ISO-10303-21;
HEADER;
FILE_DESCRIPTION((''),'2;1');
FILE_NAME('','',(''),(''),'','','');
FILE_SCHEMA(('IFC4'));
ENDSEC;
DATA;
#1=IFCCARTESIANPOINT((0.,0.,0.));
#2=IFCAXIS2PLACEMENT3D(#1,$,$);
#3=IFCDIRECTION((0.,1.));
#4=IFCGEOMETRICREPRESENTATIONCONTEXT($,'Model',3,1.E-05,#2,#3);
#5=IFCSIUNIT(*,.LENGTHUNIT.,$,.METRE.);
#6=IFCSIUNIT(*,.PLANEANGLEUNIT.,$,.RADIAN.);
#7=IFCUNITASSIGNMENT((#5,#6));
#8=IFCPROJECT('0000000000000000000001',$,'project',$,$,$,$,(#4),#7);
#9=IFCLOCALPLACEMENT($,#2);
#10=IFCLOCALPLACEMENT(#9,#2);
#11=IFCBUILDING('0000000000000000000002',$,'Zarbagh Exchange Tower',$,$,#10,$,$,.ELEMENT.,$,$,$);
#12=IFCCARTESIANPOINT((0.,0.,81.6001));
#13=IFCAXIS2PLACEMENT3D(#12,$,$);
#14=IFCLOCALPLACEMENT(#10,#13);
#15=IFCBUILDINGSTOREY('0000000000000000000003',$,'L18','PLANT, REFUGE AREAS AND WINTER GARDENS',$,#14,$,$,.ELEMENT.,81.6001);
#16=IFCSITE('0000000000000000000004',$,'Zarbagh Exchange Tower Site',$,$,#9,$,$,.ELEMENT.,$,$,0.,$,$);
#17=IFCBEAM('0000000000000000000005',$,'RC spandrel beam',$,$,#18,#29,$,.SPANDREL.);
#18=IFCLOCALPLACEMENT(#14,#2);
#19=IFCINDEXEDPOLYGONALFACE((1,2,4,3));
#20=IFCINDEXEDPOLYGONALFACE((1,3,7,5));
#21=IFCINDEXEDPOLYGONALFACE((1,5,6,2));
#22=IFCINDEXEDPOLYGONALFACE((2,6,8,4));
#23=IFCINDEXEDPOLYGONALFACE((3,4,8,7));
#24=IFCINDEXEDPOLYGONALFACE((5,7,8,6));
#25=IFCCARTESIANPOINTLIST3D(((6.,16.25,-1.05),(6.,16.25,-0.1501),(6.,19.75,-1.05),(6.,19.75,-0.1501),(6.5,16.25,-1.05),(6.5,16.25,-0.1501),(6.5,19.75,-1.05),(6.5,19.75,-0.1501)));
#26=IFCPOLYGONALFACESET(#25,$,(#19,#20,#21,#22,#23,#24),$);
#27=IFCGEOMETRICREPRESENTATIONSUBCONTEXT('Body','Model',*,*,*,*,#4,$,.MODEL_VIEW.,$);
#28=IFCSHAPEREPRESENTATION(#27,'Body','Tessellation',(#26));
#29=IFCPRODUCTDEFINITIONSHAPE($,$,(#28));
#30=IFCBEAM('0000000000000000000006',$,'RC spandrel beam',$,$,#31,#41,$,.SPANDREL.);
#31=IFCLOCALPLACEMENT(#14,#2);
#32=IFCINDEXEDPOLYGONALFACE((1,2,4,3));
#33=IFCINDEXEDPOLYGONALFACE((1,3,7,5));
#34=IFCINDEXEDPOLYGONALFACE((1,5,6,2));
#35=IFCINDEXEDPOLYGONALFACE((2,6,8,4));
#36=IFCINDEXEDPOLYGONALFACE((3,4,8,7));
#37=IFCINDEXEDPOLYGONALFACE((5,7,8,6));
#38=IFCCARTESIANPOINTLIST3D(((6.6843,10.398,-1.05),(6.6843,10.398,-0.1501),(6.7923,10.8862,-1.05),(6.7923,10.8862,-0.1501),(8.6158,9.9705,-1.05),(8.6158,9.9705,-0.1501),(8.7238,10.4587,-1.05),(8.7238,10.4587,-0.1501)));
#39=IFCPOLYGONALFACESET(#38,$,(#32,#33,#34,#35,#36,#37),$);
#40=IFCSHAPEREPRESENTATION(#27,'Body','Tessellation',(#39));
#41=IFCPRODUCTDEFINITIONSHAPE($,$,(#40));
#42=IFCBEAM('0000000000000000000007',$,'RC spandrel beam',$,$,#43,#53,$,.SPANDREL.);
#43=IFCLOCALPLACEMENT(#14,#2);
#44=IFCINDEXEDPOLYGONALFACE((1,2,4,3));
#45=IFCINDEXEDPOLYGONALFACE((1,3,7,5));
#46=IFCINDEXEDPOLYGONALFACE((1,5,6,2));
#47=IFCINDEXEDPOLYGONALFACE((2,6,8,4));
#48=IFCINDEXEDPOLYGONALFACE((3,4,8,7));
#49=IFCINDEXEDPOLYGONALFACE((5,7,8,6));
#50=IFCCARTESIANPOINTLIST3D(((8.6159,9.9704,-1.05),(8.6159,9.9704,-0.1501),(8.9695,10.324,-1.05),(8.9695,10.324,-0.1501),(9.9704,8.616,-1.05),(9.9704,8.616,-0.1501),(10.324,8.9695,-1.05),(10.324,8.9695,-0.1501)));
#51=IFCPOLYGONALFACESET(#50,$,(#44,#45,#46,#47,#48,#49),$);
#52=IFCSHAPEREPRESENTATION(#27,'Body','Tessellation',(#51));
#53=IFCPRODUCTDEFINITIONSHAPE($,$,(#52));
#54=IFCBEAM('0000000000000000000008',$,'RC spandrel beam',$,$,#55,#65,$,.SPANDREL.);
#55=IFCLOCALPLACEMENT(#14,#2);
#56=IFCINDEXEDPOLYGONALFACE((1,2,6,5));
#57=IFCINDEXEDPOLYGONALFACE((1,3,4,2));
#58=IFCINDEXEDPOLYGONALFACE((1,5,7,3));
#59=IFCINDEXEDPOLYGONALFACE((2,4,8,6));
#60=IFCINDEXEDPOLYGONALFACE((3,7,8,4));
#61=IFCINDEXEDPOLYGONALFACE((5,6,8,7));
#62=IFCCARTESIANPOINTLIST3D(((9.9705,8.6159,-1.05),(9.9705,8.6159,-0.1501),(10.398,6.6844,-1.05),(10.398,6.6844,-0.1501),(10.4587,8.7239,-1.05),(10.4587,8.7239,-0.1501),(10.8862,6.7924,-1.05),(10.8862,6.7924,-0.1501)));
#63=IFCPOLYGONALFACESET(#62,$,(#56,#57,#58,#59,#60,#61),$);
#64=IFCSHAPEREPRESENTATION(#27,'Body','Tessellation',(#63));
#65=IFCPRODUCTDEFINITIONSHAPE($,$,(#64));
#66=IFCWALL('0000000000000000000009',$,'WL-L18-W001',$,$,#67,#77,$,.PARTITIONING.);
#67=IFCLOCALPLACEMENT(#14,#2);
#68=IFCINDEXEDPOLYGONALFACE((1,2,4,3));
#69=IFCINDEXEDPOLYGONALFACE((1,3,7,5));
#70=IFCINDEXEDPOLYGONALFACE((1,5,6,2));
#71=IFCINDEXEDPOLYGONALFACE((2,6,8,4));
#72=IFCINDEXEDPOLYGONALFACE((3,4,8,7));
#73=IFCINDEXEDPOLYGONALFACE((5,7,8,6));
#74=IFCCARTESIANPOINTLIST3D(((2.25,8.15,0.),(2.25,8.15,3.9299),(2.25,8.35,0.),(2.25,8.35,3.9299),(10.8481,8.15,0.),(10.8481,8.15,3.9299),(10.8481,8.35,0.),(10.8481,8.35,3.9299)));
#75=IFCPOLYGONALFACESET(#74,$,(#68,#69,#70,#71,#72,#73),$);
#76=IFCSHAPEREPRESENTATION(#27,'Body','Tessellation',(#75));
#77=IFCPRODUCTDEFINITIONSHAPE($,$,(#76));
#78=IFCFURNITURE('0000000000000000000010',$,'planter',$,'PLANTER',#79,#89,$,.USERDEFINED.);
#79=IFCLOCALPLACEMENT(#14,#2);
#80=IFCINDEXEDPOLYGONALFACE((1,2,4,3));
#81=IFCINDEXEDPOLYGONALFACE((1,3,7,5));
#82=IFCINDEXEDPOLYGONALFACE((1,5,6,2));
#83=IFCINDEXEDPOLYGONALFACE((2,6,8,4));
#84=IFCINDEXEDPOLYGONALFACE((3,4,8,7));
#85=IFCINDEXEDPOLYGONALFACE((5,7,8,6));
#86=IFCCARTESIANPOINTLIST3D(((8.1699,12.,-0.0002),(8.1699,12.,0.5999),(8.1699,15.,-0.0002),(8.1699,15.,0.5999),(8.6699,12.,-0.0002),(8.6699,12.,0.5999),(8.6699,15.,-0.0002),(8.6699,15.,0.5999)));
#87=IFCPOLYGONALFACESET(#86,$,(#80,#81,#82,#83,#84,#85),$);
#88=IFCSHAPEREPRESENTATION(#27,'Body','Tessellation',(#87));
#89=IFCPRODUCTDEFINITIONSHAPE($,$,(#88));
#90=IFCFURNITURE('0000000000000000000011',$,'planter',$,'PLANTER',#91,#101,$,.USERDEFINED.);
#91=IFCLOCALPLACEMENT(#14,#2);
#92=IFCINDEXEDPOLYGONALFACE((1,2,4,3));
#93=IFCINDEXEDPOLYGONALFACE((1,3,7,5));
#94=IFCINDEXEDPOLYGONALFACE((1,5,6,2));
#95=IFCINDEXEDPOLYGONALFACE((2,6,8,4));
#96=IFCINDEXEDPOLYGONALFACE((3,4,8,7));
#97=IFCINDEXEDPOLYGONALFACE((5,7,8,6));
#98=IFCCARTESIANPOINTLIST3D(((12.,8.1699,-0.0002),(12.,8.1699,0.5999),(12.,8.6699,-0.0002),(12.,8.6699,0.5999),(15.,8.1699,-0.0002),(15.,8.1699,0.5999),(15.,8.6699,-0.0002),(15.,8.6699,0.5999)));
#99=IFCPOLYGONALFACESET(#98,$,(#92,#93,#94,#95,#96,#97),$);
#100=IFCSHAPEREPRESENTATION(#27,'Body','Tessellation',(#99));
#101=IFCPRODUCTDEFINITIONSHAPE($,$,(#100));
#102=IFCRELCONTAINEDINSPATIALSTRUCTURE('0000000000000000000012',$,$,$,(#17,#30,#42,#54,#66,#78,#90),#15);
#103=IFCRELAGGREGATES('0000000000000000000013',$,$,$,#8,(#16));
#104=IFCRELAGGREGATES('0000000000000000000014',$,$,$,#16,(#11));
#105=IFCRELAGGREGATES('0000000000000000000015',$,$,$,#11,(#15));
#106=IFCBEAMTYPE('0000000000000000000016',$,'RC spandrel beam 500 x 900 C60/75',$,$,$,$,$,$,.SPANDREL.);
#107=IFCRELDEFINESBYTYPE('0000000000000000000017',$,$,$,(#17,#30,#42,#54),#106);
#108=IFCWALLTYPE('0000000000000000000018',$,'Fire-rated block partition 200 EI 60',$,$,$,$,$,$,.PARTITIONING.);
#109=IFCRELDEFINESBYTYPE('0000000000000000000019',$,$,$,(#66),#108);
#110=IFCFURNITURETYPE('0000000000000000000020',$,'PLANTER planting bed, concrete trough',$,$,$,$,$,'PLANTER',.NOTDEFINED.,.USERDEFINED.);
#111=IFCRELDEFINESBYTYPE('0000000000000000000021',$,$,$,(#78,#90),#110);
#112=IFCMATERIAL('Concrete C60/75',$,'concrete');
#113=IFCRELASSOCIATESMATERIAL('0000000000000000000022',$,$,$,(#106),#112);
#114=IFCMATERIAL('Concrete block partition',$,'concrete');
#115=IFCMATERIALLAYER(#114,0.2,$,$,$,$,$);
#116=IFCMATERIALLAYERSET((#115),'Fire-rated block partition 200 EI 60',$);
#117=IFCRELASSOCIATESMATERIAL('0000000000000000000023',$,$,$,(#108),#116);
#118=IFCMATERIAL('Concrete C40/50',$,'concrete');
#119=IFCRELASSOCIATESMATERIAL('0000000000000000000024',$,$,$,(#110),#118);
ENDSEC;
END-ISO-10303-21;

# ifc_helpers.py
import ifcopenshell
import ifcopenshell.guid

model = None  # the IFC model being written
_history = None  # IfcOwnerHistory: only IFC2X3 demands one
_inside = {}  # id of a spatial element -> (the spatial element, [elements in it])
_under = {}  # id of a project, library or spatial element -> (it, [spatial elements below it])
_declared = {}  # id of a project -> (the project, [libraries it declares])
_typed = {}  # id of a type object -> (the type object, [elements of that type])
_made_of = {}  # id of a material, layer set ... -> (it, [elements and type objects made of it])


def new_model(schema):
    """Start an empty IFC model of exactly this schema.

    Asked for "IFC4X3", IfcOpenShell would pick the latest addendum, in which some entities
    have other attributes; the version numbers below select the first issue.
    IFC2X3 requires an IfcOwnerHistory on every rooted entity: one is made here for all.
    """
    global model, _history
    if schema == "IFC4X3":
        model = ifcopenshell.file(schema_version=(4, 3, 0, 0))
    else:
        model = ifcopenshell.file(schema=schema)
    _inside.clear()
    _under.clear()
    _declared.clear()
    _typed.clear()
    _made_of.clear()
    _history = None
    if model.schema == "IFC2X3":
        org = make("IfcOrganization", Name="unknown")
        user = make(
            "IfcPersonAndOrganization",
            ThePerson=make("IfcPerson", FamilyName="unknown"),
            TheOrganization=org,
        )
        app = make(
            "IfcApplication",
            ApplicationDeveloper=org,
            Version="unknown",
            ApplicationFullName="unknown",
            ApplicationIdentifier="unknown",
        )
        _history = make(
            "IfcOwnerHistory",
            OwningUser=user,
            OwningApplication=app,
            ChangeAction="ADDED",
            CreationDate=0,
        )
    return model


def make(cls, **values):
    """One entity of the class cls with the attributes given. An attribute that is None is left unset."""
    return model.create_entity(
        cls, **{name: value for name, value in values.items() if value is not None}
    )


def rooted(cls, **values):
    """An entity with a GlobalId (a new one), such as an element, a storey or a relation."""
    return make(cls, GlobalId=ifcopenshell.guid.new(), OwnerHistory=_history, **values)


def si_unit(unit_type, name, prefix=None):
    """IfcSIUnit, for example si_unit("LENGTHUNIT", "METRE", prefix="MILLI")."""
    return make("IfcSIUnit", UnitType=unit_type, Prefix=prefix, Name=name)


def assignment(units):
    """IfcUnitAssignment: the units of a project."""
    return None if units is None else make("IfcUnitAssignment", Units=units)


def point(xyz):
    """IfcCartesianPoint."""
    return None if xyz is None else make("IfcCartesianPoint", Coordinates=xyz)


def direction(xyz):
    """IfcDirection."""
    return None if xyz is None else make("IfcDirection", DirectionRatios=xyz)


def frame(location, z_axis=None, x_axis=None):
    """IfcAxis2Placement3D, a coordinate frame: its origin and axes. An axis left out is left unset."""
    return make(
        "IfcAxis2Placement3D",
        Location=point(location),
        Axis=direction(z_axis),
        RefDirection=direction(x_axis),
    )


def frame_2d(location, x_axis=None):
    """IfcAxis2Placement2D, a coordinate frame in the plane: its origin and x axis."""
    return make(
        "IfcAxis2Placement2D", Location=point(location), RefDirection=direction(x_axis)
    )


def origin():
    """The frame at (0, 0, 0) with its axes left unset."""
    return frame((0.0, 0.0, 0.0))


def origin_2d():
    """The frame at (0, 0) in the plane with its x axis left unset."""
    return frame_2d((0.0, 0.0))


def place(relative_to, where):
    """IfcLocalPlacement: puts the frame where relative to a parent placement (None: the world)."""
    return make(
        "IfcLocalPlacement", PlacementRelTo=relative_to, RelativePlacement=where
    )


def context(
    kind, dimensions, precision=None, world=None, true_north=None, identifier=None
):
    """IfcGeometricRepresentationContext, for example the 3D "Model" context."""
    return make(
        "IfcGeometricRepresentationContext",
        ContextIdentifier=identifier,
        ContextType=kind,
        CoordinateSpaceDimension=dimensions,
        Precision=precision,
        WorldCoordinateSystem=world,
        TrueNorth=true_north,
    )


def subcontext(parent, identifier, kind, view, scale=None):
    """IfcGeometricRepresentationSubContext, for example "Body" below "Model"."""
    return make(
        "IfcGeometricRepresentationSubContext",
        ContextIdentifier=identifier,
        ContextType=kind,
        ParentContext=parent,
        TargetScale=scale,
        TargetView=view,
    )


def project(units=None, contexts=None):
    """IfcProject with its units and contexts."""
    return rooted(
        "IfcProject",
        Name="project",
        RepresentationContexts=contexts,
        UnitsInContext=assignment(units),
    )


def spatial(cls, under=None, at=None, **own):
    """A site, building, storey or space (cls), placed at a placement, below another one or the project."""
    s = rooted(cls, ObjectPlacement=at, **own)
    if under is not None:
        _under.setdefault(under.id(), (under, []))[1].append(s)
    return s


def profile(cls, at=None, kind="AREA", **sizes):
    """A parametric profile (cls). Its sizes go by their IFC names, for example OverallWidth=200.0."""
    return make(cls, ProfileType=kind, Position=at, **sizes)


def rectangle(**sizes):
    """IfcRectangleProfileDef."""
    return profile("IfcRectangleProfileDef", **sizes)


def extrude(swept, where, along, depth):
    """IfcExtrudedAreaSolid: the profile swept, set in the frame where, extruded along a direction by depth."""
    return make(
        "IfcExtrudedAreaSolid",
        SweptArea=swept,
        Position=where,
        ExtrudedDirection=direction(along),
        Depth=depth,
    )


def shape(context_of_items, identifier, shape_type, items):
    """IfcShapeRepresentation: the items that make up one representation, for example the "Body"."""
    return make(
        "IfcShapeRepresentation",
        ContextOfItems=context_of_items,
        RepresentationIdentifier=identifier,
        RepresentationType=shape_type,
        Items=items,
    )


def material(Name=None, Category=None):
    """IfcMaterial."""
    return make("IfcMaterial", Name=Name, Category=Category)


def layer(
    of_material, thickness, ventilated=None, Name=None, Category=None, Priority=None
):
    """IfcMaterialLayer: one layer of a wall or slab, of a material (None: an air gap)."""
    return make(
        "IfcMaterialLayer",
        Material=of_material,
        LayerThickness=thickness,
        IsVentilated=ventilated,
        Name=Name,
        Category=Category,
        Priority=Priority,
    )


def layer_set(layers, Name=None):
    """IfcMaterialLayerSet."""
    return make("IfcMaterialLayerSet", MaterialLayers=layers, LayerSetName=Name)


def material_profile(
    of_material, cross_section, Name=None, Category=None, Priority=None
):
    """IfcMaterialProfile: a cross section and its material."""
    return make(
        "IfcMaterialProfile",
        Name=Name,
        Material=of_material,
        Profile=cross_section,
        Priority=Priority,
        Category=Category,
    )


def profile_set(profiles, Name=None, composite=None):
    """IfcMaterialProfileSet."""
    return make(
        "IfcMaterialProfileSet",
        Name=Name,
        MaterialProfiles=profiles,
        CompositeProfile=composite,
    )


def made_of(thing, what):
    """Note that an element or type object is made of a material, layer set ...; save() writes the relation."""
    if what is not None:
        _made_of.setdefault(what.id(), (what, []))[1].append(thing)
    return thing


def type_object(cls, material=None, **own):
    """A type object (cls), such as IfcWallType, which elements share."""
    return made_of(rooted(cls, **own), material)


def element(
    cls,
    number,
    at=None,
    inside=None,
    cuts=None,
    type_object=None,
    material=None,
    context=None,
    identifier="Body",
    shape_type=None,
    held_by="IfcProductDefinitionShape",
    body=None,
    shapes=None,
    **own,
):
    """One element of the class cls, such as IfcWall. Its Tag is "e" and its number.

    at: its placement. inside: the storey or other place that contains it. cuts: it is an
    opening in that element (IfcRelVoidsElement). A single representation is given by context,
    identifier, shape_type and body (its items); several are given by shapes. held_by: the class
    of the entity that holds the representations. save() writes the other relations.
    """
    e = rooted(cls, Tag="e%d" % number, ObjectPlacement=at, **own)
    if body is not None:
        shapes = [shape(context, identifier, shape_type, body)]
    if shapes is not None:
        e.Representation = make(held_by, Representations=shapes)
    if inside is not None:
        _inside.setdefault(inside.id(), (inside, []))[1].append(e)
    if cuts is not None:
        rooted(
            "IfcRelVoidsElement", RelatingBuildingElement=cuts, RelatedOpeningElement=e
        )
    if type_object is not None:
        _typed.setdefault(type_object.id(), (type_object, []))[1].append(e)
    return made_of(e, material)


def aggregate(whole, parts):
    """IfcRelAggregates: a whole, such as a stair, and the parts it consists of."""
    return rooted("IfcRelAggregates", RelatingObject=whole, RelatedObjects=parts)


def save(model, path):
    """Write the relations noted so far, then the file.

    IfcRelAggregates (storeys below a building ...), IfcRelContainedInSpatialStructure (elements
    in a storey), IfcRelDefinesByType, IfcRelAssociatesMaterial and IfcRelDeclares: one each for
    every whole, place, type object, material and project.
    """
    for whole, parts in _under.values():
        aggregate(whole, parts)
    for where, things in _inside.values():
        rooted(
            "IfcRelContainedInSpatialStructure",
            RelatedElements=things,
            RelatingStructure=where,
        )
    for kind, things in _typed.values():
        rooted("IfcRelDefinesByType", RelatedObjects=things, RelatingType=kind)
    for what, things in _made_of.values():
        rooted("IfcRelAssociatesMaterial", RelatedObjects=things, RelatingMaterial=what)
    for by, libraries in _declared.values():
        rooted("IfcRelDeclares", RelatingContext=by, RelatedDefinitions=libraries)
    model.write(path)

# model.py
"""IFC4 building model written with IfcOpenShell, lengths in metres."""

from ifc_helpers import new_model, si_unit, direction, frame, frame_2d, origin, origin_2d, place, context, subcontext, project, spatial, rectangle, extrude, material, layer, layer_set, material_profile, profile_set, type_object, element, save


model = new_model("IFC4")

# Units and contexts
model_context = context("Model", 3, precision=1e-05, world=origin(), true_north=direction((0.0, 1.0)))
body_context = subcontext(model_context, "Body", "Model", "MODEL_VIEW")
ifc_project = project(units=[si_unit("LENGTHUNIT", "METRE"), si_unit("PLANEANGLEUNIT", "RADIAN")], contexts=[model_context])

# Site, building, storey
site_placement = place(None, origin())
site = spatial("IfcSite", under=ifc_project, at=site_placement, Name="Zarbagh Exchange Tower Site", CompositionType="ELEMENT", RefElevation=0.0)
building_placement = place(site_placement, origin())
building = spatial("IfcBuilding", under=site, at=building_placement, Name="Zarbagh Exchange Tower", CompositionType="ELEMENT")
storey_placement = place(building_placement, frame((0.0, 0.0, 81.6001)))
storey = spatial("IfcBuildingStorey", under=building, at=storey_placement, Name="L18", Description="PLANT, REFUGE AREAS AND WINTER GARDENS", CompositionType="ELEMENT", Elevation=81.6001)

# Shared definitions
ifc_material_1 = material(Name="Concrete C60/75", Category="concrete")

# Beams
ifc_material_2 = material(Name="Concrete C40/50", Category="concrete")
ifc_material_profile_1 = material_profile(ifc_material_1, rectangle(XDim=0.5, YDim=0.8999, at=origin_2d()), Name="RC spandrel beam 500 x 900 C60/75")
ifc_profile_set_1 = profile_set([ifc_material_profile_1], Name="Concrete C60/75")
beam_type_1 = type_object("IfcBeamType", Name="RC spandrel beam 500 x 900 C60/75", PredefinedType="SPANDREL", material=ifc_profile_set_1)
beam_1_placement = place(storey_placement, frame((6.25, 19.75, -0.6001), z_axis=(0.0, -1.0, 0.0), x_axis=(1.0, 0.0, 0.0)))
element("IfcBeam", 1, at=beam_1_placement, inside=storey, type_object=beam_type_1, Name="RC spandrel beam", PredefinedType="SPANDREL", context=body_context, shape_type="SweptSolid", body=[
    extrude(rectangle(XDim=0.5, YDim=0.8999, at=origin_2d()), origin(), (0.0, 0.0, 1.0), 3.5),
])
beam_2_placement = place(storey_placement, frame((6.7383, 10.6421, -0.6001), z_axis=(0.976375, -0.216081, 0.0), x_axis=(0.216081, 0.976375, 0.0)))
element("IfcBeam", 2, at=beam_2_placement, inside=storey, type_object=beam_type_1, Name="RC spandrel beam", PredefinedType="SPANDREL", context=body_context, shape_type="SweptSolid", body=[
    extrude(rectangle(XDim=0.5, YDim=0.8999, at=origin_2d()), origin(), (0.0, 0.0, 1.0), 1.9783),
])
beam_3_placement = place(storey_placement, frame((8.7927, 10.1472, -0.6001), z_axis=(0.707107, -0.707107, 0.0), x_axis=(0.707107, 0.707107, 0.0)))
element("IfcBeam", 3, at=beam_3_placement, inside=storey, type_object=beam_type_1, Name="RC spandrel beam", PredefinedType="SPANDREL", context=body_context, shape_type="SweptSolid", body=[
    extrude(rectangle(XDim=0.5, YDim=0.8999, at=origin_2d()), origin(), (0.0, 0.0, 1.0), 1.9155),
])
beam_4_placement = place(storey_placement, frame((10.2146, 8.6699, -0.6001), z_axis=(0.216081, -0.976375, 0.0), x_axis=(0.976375, 0.216081, 0.0)))
element("IfcBeam", 4, at=beam_4_placement, inside=storey, type_object=beam_type_1, Name="RC spandrel beam", PredefinedType="SPANDREL", context=body_context, shape_type="SweptSolid", body=[
    extrude(rectangle(XDim=0.5, YDim=0.8999, at=origin_2d()), origin(), (0.0, 0.0, 1.0), 1.9783),
])

# Wall
ifc_material_3 = material(Name="Concrete block partition", Category="concrete")
ifc_layer_1 = layer(ifc_material_3, 0.2)
ifc_layer_set_1 = layer_set([ifc_layer_1], Name="Fire-rated block partition 200 EI 60")
wall_type_1 = type_object("IfcWallType", Name="Fire-rated block partition 200 EI 60", PredefinedType="PARTITIONING", material=ifc_layer_set_1)
wall_1_placement = place(storey_placement, frame((10.8481, 8.25, 0.0), z_axis=(0.0, 0.0, 1.0), x_axis=(-1.0, 0.0, 0.0)))
element("IfcWall", 5, at=wall_1_placement, inside=storey, type_object=wall_type_1, Name="WL-L18-W001", PredefinedType="PARTITIONING", context=body_context, shape_type="SweptSolid", body=[
    extrude(rectangle(XDim=8.5981, YDim=0.2, at=frame_2d((4.2991, 0.0))), origin(), (0.0, 0.0, 1.0), 3.9299),
])

# Furniture
furniture_type = type_object("IfcFurnitureType", Name="PLANTER planting bed, concrete trough", ElementType="PLANTER", AssemblyPlace="NOTDEFINED", PredefinedType="USERDEFINED", material=ifc_material_2)
for number, where, z_axis, x_axis, name in (
    (6, (8.4199, 13.5, -0.0002), (0.0, 0.0, 1.0), (0.0, -1.0, 0.0), "planter"),
    (7, (13.5, 8.4199, -0.0002), (0.0, 0.0, 1.0), (1.0, 0.0, 0.0), "planter"),
):
    element("IfcFurniture", number, at=place(storey_placement, frame(where, z_axis=z_axis, x_axis=x_axis)), inside=storey, type_object=furniture_type, Name=name, ObjectType="PLANTER", PredefinedType="USERDEFINED", context=body_context, shape_type="SweptSolid", body=[
        extrude(rectangle(XDim=3.0, YDim=0.5, at=origin_2d()), origin(), (0.0, 0.0, 1.0), 0.6001),
    ])

save(model, "model.ifc")
